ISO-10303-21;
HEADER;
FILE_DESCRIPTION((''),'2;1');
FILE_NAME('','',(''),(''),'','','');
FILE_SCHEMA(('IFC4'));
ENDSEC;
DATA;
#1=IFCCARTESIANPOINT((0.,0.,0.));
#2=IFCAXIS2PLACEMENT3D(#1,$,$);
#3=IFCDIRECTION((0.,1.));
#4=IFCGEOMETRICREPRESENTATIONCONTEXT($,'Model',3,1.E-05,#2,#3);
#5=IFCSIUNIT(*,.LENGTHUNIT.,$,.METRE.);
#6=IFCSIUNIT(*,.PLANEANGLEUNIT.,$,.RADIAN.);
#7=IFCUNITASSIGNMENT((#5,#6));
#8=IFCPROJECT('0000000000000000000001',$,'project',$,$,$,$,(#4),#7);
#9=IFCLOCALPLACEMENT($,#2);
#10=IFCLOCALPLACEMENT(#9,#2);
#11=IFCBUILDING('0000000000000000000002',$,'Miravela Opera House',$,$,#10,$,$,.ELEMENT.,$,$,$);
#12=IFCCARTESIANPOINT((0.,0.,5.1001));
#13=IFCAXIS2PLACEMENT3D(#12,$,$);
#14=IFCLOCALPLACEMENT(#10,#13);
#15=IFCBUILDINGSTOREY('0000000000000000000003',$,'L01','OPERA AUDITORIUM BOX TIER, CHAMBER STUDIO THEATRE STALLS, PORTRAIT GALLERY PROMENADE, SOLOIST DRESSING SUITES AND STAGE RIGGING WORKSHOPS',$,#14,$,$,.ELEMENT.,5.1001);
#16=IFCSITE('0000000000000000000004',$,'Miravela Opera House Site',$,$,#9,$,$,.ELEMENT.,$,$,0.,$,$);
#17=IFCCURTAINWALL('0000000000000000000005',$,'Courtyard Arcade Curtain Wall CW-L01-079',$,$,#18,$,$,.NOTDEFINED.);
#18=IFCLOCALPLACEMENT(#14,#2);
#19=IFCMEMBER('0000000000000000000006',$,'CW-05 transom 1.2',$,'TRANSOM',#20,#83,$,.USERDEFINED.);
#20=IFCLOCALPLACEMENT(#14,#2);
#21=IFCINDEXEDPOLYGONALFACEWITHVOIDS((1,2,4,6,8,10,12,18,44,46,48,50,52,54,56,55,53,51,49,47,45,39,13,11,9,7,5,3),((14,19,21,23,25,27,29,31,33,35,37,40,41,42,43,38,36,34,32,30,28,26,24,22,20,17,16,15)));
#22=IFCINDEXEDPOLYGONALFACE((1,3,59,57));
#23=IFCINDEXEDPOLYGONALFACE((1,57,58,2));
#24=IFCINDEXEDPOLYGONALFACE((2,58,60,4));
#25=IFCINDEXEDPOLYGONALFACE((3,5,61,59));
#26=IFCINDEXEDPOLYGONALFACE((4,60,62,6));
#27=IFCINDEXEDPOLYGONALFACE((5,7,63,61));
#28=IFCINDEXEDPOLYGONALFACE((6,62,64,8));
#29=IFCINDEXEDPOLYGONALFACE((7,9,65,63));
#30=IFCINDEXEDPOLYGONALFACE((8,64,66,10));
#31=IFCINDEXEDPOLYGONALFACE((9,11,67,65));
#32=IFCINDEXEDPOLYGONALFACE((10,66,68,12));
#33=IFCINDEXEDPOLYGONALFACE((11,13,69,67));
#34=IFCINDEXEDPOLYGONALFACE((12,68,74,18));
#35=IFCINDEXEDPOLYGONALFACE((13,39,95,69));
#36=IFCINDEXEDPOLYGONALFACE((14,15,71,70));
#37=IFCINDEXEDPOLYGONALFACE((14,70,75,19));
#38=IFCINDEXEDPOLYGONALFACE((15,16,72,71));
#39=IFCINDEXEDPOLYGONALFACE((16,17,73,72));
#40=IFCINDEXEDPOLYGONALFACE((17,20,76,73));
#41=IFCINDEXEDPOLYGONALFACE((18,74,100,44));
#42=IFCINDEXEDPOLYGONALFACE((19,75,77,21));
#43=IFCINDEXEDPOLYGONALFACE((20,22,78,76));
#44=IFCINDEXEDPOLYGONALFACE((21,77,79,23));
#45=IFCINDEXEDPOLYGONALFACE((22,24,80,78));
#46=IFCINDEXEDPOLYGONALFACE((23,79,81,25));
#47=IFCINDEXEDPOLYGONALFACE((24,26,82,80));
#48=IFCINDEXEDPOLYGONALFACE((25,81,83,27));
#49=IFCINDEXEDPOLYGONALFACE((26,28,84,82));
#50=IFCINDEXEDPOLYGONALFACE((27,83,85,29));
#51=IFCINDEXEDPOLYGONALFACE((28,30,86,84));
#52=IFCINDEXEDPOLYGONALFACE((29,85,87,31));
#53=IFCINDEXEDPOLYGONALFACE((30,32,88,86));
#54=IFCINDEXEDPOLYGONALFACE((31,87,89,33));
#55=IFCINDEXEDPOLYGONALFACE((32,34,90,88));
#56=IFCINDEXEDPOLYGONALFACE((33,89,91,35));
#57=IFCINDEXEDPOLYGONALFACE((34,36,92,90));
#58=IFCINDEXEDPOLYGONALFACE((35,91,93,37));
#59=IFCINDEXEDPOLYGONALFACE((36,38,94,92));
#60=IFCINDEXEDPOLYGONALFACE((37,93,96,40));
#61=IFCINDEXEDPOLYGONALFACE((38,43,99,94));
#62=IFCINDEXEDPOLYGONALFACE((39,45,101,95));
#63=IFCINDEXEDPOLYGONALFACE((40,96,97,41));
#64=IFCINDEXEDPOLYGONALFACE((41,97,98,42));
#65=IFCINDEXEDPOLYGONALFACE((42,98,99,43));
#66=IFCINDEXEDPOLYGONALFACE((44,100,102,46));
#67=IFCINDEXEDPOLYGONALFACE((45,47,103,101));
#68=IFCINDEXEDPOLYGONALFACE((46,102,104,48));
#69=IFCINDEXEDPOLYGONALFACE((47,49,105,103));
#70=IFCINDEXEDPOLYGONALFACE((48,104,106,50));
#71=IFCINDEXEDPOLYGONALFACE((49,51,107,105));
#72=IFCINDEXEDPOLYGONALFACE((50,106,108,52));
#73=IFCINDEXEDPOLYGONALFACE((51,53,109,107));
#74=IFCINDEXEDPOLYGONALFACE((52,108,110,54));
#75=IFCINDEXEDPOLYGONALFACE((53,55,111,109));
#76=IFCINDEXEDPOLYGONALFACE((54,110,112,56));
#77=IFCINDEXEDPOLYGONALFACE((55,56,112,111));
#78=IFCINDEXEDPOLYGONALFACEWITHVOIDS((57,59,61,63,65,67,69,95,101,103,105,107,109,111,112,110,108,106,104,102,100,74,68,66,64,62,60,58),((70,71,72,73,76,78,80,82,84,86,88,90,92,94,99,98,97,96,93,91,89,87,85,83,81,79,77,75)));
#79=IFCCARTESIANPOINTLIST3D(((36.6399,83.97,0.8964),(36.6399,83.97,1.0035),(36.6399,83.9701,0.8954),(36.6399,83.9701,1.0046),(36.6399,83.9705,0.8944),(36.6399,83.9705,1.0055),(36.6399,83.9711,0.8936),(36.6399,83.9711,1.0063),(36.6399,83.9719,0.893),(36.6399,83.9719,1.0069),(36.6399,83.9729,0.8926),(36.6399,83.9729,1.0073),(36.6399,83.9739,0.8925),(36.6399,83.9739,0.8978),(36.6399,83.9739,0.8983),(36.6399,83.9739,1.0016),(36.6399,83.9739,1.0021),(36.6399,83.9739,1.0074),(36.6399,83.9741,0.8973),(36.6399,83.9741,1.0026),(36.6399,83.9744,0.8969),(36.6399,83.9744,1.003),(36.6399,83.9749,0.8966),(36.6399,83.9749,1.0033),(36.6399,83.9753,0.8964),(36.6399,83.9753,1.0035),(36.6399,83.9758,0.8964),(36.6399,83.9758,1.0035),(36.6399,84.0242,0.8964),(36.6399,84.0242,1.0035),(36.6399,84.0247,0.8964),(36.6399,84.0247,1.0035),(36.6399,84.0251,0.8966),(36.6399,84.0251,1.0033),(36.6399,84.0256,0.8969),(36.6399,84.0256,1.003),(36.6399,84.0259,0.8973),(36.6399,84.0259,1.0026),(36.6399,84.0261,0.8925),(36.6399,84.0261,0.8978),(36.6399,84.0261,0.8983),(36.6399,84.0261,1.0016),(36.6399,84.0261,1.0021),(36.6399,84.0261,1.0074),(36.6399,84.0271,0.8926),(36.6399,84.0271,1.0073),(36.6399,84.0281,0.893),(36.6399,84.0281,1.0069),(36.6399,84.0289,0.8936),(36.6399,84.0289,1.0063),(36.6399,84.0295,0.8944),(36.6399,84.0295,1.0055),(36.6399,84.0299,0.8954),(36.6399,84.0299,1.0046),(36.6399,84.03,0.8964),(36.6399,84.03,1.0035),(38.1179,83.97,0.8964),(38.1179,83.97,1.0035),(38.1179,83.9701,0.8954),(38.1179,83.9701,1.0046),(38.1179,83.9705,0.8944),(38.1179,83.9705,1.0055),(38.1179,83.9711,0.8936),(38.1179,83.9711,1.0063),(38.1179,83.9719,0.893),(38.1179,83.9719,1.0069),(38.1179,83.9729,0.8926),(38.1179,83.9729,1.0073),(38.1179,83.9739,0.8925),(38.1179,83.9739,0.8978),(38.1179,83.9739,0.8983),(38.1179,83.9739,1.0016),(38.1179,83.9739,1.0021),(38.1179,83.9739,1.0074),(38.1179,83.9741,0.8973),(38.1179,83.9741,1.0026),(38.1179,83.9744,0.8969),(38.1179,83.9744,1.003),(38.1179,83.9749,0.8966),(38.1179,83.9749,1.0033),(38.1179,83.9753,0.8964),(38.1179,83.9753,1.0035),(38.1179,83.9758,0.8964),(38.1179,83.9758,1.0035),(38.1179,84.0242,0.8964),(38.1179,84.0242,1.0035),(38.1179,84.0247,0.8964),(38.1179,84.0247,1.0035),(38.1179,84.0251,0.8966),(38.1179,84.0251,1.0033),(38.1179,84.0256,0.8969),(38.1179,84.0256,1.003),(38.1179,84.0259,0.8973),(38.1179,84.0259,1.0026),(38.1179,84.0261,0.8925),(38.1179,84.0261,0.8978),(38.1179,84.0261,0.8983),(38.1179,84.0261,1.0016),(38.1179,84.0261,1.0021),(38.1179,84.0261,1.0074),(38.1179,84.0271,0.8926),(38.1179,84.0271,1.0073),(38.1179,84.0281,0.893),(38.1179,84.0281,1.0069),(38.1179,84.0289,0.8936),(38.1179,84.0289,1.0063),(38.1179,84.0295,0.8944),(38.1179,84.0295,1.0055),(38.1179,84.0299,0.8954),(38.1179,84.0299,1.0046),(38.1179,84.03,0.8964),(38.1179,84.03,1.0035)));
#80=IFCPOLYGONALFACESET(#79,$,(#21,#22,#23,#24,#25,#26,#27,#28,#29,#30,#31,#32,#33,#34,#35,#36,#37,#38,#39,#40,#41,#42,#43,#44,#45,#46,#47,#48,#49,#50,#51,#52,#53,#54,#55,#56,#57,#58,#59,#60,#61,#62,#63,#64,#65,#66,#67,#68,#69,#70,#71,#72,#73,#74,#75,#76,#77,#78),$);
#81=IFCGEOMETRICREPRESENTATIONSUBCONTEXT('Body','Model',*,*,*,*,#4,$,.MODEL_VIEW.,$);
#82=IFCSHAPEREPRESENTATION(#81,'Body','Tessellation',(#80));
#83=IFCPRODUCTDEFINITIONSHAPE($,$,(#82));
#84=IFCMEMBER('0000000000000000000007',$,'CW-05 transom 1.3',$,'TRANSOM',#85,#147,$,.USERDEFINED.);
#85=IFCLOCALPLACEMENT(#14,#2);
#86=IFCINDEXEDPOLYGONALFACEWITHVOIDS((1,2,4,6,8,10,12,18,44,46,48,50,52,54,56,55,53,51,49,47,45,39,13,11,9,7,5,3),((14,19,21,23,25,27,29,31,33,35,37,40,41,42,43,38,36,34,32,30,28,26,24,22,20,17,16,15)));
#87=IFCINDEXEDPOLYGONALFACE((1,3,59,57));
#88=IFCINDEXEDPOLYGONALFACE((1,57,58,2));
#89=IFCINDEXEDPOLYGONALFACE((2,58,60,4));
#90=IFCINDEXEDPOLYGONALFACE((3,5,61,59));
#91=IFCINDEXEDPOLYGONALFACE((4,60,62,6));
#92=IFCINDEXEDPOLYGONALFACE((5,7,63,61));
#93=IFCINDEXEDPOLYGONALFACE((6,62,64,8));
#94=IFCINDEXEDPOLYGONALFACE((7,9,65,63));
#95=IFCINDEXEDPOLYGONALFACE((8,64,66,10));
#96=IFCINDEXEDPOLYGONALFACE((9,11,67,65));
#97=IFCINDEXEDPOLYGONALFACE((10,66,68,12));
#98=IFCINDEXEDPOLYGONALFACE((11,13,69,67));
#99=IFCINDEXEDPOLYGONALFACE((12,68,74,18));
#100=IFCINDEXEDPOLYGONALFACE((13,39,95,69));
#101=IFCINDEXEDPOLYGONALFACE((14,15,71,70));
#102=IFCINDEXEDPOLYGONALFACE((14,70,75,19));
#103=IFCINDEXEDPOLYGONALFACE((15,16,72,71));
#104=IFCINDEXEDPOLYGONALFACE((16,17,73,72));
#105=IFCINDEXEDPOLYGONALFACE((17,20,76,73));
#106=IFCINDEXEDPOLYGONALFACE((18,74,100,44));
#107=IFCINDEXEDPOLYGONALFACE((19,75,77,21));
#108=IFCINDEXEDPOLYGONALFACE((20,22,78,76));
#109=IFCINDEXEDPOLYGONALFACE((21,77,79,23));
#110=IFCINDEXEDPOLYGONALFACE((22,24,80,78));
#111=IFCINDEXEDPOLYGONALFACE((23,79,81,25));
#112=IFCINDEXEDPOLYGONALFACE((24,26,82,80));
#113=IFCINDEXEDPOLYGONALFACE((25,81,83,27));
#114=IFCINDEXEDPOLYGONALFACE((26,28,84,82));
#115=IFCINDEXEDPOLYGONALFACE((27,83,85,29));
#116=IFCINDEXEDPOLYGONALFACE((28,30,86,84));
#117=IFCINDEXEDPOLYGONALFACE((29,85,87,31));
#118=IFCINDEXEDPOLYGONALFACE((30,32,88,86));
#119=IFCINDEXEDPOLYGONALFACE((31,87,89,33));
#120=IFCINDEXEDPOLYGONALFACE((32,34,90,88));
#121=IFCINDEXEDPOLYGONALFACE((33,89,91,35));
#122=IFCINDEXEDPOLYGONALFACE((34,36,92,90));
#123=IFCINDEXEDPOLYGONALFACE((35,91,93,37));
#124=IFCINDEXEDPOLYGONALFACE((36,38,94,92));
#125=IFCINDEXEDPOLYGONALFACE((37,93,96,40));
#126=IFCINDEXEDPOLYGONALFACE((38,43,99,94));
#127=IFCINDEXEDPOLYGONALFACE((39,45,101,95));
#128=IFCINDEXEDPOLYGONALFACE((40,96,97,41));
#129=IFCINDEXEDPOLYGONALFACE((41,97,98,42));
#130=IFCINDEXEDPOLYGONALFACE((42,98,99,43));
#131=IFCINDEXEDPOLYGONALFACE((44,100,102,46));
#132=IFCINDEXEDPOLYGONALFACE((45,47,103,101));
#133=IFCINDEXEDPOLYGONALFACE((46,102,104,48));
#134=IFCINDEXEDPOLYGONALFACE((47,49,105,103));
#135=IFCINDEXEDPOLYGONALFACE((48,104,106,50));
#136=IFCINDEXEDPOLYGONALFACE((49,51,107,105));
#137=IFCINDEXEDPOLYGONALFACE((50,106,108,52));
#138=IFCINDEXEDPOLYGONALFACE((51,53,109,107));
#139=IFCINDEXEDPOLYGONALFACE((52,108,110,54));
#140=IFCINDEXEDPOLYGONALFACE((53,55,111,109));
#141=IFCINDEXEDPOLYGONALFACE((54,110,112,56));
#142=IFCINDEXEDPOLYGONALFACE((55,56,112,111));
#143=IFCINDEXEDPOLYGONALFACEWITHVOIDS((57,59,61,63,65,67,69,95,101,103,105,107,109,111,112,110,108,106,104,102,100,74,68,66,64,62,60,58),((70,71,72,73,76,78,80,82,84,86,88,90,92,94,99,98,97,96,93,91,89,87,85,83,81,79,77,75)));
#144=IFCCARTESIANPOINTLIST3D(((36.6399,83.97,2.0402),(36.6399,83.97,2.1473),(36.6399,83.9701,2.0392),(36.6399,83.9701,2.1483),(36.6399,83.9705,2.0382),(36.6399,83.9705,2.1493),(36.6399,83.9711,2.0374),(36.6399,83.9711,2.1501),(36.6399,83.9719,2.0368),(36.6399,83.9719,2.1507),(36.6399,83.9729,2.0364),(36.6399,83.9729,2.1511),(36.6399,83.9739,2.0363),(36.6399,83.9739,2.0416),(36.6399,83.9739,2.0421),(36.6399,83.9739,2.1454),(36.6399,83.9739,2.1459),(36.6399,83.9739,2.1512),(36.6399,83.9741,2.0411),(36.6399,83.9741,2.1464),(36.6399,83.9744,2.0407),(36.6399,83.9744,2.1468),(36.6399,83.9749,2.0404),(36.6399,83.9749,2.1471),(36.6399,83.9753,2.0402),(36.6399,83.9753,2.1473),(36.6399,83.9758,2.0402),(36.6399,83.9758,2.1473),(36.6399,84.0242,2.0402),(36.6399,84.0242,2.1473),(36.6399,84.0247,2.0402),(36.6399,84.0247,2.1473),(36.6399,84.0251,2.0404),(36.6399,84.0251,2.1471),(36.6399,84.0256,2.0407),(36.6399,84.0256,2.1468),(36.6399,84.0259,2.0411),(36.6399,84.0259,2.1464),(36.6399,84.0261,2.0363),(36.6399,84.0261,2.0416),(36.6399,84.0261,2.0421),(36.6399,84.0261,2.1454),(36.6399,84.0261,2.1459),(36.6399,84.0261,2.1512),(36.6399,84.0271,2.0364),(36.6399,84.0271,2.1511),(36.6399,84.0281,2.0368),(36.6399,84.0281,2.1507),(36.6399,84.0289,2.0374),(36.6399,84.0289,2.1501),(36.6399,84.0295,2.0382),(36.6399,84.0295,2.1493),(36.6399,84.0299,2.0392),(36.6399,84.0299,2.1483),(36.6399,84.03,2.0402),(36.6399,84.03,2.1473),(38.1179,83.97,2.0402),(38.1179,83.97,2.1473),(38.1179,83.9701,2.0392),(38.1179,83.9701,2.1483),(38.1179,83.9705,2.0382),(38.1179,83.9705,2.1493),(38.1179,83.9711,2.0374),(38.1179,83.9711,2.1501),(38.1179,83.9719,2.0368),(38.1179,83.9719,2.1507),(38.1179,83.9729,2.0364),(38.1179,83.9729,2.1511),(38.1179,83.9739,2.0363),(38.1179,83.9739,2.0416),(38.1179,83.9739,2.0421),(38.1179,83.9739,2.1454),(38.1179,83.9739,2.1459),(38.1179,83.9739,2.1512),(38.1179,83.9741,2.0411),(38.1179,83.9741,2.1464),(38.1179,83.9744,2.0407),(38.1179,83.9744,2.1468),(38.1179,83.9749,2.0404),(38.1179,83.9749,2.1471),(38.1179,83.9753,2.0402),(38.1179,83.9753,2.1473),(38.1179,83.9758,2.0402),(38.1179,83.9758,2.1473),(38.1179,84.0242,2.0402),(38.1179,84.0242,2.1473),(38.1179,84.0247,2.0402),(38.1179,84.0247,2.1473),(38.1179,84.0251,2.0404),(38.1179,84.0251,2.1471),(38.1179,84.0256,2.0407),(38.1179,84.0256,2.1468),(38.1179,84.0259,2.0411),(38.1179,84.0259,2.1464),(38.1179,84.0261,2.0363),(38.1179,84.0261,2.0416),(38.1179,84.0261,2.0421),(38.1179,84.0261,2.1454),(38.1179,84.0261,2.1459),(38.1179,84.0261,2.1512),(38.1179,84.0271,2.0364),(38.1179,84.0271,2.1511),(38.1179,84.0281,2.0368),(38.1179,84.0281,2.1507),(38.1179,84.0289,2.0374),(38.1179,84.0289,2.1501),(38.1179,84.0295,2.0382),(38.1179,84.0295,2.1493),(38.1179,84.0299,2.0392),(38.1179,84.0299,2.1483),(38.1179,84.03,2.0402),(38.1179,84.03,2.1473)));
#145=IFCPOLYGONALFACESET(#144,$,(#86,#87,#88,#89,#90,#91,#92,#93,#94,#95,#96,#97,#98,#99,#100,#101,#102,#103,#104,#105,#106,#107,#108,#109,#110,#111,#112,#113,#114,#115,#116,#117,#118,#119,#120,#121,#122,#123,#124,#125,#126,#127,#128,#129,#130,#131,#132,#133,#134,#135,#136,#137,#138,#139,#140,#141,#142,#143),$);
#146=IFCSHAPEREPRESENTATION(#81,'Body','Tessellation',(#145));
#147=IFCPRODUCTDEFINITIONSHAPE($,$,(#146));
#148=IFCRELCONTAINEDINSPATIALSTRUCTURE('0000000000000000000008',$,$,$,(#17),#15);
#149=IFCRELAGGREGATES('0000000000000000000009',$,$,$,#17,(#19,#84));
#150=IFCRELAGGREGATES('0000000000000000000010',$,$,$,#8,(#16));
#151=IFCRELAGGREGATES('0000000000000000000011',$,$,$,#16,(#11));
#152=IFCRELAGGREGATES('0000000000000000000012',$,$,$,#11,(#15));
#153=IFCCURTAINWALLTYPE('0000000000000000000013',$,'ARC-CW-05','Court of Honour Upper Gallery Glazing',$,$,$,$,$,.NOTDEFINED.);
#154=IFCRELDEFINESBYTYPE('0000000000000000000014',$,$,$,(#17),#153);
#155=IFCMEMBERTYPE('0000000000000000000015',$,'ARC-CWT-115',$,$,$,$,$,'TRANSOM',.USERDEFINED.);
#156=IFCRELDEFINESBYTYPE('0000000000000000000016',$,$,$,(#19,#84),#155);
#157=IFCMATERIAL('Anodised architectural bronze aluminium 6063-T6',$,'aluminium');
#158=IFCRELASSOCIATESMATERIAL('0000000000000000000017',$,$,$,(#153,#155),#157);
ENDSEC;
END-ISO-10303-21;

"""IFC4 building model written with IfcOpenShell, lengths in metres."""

from ifc_helpers import new_model, si_unit, direction, frame, origin, origin_2d, place, context, subcontext, project, spatial, hollow_rectangle, extrude, material, material_profile, profile_set, type_object, element, aggregate, save


model = new_model("IFC4")

# Units and contexts
model_context = context("Model", 3, precision=1e-05, world=origin(), true_north=direction((0.0, 1.0)))
body_context = subcontext(model_context, "Body", "Model", "MODEL_VIEW")
ifc_project = project(units=[si_unit("LENGTHUNIT", "METRE"), si_unit("PLANEANGLEUNIT", "RADIAN")], contexts=[model_context])

# Site, building, storey
site_placement = place(None, origin())
site = spatial("IfcSite", under=ifc_project, at=site_placement, Name="Miravela Opera House Site", CompositionType="ELEMENT", RefElevation=0.0)
building_placement = place(site_placement, origin())
building = spatial("IfcBuilding", under=site, at=building_placement, Name="Miravela Opera House", CompositionType="ELEMENT")
storey_placement = place(building_placement, frame((0.0, 0.0, 5.1001)))
storey = spatial("IfcBuildingStorey", under=building, at=storey_placement, Name="L01", Description="OPERA AUDITORIUM BOX TIER, CHAMBER STUDIO THEATRE STALLS, PORTRAIT GALLERY PROMENADE, SOLOIST DRESSING SUITES AND STAGE RIGGING WORKSHOPS", CompositionType="ELEMENT", Elevation=5.1001)

# Shared definitions
ifc_material_1 = material(Name="Anodised architectural bronze aluminium 6063-T6", Category="aluminium")
curtain_wall_type = type_object("IfcCurtainWallType", Name="ARC-CW-05", Description="Court of Honour Upper Gallery Glazing", PredefinedType="NOTDEFINED", material=ifc_material_1)

# Curtain wall, members
curtain_wall_1_placement = place(storey_placement, origin())
curtain_wall_1 = element("IfcCurtainWall", 1, at=curtain_wall_1_placement, inside=storey, type_object=curtain_wall_type, Name="Courtyard Arcade Curtain Wall CW-L01-079", PredefinedType="NOTDEFINED")
ifc_material_profile_1 = material_profile(ifc_material_1, hollow_rectangle(XDim=0.0601, YDim=0.115, WallThickness=0.0039, InnerFilletRadius=0.002, OuterFilletRadius=0.0039, at=origin_2d()), Name="CWT-60X115")
ifc_profile_set_1 = profile_set([ifc_material_profile_1])
member_type_1 = type_object("IfcMemberType", Name="ARC-CWT-115", ElementType="TRANSOM", PredefinedType="USERDEFINED", material=ifc_profile_set_1)
member_1_placement = place(storey_placement, frame((36.6399, 84.0, 0.95), z_axis=(1.0, 0.0, 0.0), x_axis=(0.0, 1.0, 0.0)))
member_1 = element("IfcMember", 2, at=member_1_placement, type_object=member_type_1, Name="CW-05 transom 1.2", ObjectType="TRANSOM", PredefinedType="USERDEFINED", context=body_context, shape_type="SweptSolid", body=[
    extrude(hollow_rectangle(XDim=0.0601, YDim=0.115, WallThickness=0.0039, InnerFilletRadius=0.002, OuterFilletRadius=0.0039, at=origin_2d()), origin(), (0.0, 0.0, 1.0), 1.478),
])
member_2_placement = place(storey_placement, frame((36.6399, 84.0, 2.0938), z_axis=(1.0, 0.0, 0.0), x_axis=(0.0, 1.0, 0.0)))
member_2 = element("IfcMember", 3, at=member_2_placement, type_object=member_type_1, Name="CW-05 transom 1.3", ObjectType="TRANSOM", PredefinedType="USERDEFINED", context=body_context, shape_type="SweptSolid", body=[
    extrude(hollow_rectangle(XDim=0.0601, YDim=0.115, WallThickness=0.0039, InnerFilletRadius=0.002, OuterFilletRadius=0.0039, at=origin_2d()), origin(), (0.0, 0.0, 1.0), 1.478),
])

aggregate(curtain_wall_1, [member_1, member_2])

save(model, "model.ifc")
